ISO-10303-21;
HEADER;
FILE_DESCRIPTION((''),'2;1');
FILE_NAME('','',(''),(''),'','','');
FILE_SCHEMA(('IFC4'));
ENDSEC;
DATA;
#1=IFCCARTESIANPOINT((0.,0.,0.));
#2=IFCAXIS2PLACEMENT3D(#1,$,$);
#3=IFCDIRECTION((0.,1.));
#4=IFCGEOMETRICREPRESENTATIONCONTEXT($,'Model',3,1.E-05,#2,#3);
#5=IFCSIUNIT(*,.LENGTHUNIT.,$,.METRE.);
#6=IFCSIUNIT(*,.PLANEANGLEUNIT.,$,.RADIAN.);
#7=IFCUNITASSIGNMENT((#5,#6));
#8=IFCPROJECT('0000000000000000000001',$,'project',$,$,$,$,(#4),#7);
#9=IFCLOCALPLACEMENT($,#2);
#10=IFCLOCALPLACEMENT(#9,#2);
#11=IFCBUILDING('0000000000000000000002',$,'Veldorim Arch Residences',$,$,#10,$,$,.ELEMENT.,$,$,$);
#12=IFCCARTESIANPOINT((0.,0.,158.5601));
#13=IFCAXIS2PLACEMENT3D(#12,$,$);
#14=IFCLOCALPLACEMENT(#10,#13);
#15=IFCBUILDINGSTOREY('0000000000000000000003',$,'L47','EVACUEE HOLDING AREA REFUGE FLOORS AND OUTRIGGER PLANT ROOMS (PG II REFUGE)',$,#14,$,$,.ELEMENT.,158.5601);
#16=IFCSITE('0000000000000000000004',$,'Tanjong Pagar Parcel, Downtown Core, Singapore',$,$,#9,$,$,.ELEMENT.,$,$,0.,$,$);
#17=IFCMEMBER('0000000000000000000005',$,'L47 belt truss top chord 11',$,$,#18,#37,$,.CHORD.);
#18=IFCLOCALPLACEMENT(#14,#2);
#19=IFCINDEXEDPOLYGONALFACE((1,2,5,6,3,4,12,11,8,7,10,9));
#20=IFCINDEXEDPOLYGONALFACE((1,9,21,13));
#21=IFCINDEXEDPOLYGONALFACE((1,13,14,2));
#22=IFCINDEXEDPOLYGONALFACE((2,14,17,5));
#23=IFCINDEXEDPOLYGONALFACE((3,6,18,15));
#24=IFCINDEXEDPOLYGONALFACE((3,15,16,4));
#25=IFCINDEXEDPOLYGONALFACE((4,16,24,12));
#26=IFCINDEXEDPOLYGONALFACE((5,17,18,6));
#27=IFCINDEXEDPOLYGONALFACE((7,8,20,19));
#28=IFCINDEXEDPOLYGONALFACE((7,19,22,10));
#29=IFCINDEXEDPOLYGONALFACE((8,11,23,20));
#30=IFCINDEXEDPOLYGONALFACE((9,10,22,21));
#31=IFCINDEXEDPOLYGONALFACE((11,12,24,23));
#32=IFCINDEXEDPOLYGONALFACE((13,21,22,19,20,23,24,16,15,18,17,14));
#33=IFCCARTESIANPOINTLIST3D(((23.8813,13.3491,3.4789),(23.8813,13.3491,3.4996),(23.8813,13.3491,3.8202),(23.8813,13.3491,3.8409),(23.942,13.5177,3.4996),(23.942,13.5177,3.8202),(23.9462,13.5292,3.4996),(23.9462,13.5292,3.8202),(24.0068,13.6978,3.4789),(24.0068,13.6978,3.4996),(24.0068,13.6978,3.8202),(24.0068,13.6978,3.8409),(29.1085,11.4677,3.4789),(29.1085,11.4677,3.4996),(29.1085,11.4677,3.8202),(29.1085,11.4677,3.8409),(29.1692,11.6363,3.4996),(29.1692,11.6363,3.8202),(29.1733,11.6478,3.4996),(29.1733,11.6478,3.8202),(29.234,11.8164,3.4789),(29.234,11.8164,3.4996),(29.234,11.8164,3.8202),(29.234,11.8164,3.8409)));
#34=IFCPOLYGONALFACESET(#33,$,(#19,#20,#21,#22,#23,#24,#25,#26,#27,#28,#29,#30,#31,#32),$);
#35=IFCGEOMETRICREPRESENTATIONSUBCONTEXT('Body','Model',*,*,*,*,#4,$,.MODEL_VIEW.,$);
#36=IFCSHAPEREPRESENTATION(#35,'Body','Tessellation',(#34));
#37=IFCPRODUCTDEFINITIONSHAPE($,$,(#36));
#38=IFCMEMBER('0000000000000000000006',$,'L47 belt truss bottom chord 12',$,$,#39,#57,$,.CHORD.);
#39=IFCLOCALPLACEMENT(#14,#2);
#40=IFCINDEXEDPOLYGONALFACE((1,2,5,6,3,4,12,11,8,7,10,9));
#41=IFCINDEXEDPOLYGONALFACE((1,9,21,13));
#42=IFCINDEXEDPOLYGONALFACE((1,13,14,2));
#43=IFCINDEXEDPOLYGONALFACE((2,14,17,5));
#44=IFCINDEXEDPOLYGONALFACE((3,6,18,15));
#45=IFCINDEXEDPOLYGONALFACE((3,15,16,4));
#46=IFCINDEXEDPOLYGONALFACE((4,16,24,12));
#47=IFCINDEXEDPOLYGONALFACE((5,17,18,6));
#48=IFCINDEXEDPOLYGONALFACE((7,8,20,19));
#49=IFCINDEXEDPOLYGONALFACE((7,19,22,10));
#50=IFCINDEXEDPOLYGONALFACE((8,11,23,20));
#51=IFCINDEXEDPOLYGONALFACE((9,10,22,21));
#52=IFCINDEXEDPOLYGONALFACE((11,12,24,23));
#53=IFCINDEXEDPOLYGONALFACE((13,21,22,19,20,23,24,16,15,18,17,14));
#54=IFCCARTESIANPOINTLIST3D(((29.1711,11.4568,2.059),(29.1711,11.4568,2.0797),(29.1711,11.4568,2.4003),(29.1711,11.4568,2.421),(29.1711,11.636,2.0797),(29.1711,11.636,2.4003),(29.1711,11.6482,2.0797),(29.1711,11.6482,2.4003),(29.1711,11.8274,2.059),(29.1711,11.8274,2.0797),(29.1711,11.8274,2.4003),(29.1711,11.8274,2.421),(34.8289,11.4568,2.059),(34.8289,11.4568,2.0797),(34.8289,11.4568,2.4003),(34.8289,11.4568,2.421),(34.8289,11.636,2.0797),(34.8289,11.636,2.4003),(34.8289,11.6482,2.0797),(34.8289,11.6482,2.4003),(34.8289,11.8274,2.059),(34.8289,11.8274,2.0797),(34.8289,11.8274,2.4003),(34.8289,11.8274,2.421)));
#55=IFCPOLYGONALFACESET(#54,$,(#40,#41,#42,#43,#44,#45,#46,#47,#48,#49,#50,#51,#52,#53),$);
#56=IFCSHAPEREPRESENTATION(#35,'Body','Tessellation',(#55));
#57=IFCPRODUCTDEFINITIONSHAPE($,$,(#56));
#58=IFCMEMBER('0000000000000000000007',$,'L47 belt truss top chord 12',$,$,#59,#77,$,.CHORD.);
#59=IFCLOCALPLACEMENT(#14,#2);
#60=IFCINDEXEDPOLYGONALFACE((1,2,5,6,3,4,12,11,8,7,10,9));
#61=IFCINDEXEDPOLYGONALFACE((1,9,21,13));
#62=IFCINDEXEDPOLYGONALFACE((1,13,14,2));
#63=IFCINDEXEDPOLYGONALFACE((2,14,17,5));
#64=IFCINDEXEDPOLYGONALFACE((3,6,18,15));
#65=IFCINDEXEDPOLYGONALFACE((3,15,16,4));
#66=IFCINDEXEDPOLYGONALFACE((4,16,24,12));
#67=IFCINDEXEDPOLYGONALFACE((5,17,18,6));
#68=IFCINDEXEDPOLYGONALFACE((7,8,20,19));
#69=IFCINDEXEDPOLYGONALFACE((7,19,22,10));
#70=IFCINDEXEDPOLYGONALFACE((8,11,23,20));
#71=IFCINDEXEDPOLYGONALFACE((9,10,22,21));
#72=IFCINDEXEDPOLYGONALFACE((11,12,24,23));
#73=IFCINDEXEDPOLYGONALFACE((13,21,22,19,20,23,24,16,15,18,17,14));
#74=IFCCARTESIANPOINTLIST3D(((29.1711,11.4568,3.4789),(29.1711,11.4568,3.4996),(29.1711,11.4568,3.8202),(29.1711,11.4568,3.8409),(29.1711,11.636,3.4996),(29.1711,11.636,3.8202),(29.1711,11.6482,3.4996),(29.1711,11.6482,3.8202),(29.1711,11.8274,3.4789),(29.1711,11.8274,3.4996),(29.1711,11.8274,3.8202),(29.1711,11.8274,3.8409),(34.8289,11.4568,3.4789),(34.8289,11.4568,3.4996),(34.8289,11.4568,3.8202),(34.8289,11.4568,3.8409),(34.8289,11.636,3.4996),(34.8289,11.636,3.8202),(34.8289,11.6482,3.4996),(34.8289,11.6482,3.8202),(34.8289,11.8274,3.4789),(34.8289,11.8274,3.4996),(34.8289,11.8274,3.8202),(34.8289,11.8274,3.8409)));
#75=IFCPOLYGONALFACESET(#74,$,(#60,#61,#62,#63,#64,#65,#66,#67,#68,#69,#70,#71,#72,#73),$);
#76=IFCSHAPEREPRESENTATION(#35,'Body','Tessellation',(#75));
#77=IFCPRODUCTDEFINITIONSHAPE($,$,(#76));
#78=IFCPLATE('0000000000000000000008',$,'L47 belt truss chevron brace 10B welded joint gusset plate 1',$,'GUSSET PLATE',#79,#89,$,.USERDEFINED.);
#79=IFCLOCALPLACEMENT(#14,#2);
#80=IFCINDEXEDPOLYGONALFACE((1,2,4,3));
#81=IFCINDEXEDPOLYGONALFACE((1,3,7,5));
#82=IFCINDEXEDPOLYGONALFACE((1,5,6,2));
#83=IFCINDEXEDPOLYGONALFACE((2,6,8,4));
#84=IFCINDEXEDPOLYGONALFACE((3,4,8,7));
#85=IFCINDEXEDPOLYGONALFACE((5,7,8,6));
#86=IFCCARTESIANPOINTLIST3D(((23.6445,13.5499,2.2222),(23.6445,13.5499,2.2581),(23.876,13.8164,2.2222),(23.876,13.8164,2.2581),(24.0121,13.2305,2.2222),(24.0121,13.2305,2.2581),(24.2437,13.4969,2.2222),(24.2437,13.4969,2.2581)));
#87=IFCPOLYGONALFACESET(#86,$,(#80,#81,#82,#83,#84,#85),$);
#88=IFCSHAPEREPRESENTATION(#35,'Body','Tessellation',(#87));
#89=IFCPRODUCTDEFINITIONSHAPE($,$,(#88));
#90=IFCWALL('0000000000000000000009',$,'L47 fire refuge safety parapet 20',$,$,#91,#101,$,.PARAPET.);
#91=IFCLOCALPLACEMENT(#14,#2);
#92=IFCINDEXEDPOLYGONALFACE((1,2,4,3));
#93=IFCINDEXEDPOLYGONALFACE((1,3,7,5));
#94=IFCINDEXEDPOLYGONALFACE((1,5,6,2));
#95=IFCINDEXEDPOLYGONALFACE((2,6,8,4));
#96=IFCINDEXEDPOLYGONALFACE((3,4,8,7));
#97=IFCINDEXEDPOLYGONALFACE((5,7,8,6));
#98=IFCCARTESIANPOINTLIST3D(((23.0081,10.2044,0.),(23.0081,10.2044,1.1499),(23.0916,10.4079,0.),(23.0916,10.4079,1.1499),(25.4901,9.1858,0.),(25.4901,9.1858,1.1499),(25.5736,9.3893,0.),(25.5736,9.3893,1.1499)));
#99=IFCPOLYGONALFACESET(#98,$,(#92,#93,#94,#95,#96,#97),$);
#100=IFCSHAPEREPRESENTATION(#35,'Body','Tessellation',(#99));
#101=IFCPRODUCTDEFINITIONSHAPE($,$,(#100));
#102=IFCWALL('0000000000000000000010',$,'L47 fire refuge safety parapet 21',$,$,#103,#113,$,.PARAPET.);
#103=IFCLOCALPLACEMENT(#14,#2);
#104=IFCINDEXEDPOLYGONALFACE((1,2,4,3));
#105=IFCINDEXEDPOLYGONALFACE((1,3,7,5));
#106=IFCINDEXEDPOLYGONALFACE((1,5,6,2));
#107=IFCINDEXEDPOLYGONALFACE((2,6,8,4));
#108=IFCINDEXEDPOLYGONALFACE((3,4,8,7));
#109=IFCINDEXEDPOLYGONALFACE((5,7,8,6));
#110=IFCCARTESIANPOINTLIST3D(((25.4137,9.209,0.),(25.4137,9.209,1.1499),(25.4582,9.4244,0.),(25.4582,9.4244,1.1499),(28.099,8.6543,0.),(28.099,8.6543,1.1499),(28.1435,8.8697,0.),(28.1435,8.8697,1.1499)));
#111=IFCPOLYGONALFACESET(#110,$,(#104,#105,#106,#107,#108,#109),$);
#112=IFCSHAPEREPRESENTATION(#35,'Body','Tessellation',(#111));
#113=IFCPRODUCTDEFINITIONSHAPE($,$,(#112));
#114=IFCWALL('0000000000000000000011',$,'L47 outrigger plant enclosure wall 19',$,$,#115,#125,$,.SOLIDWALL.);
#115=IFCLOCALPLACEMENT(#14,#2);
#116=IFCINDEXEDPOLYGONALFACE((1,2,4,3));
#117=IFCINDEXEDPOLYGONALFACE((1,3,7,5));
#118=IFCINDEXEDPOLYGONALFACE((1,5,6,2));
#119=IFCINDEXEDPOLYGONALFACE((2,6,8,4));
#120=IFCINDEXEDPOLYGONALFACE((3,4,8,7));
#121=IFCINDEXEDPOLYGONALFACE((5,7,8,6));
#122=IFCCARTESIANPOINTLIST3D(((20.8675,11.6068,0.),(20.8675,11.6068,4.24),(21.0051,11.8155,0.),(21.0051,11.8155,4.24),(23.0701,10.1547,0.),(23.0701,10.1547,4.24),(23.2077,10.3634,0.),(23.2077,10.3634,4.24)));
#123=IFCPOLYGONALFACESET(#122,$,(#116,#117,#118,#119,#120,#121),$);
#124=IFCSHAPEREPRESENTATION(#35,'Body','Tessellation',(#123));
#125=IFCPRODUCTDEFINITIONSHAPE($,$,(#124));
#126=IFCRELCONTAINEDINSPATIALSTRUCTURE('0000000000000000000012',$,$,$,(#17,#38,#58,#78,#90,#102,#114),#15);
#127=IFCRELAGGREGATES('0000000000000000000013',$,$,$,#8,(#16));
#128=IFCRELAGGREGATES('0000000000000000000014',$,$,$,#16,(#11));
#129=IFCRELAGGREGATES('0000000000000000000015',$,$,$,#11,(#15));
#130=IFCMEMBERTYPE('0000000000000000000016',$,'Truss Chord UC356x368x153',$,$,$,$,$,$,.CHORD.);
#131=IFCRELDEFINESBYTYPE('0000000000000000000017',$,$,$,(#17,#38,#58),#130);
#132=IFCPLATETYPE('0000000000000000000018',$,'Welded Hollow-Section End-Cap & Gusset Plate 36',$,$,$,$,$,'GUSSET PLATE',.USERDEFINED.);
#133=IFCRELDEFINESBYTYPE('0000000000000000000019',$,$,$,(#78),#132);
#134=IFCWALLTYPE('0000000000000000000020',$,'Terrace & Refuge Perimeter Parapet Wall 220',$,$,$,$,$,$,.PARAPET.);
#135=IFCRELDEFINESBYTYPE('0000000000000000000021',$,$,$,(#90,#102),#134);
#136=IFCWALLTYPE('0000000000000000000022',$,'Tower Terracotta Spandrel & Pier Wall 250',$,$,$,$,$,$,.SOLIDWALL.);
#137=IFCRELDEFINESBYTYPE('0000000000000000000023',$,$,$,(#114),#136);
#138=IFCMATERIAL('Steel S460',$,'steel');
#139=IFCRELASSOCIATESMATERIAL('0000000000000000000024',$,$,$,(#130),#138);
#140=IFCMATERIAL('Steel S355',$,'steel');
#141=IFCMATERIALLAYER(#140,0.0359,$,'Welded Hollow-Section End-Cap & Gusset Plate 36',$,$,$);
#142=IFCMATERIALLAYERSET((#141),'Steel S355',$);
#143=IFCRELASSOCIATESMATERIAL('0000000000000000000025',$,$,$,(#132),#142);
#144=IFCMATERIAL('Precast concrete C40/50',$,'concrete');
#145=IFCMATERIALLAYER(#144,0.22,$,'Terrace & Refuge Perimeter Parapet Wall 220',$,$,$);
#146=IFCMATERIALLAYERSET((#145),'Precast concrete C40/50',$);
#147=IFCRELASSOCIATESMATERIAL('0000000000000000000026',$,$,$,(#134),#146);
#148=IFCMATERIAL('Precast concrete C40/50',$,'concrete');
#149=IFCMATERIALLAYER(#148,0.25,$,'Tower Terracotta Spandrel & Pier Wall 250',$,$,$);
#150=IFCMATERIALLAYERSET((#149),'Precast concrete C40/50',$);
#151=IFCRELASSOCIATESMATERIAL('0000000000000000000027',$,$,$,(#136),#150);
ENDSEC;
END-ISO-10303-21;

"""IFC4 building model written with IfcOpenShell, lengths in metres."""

from ifc_helpers import new_model, si_unit, direction, frame, frame_2d, origin, origin_2d, place, context, subcontext, project, spatial, rectangle, i_section, extrude, material, layer, layer_set, material_profile, profile_set, type_object, element, save


model = new_model("IFC4")

# Units and contexts
model_context = context("Model", 3, precision=1e-05, world=origin(), true_north=direction((0.0, 1.0)))
body_context = subcontext(model_context, "Body", "Model", "MODEL_VIEW")
ifc_project = project(units=[si_unit("LENGTHUNIT", "METRE"), si_unit("PLANEANGLEUNIT", "RADIAN")], contexts=[model_context])

# Site, building, storey
site_placement = place(None, origin())
site = spatial("IfcSite", under=ifc_project, at=site_placement, Name="Tanjong Pagar Parcel, Downtown Core, Singapore", CompositionType="ELEMENT", RefElevation=0.0)
building_placement = place(site_placement, origin())
building = spatial("IfcBuilding", under=site, at=building_placement, Name="Veldorim Arch Residences", CompositionType="ELEMENT")
storey_placement = place(building_placement, frame((0.0, 0.0, 158.5601)))
storey = spatial("IfcBuildingStorey", under=building, at=storey_placement, Name="L47", Description="EVACUEE HOLDING AREA REFUGE FLOORS AND OUTRIGGER PLANT ROOMS (PG II REFUGE)", CompositionType="ELEMENT", Elevation=158.5601)

# Members
ifc_material_1 = material(Name="Steel S460", Category="steel")
ifc_material_profile_1 = material_profile(ifc_material_1, i_section(OverallWidth=0.3706, OverallDepth=0.3621, WebThickness=0.0122, FlangeThickness=0.0208, at=origin_2d()), Name="UC356x368x153")
ifc_profile_set_1 = profile_set([ifc_material_profile_1], Name="Steel S460")
member_type_1 = type_object("IfcMemberType", Name="Truss Chord UC356x368x153", PredefinedType="CHORD", material=ifc_profile_set_1)
for number, where, z_axis, x_axis, name in (
    (1, (23.9441, 13.5234, 3.6599), (0.94091, -0.338657, 0.0), (0.338657, 0.94091, 0.0), "L47 belt truss top chord 11"),
):
    element("IfcMember", number, at=place(storey_placement, frame(where, z_axis=z_axis, x_axis=x_axis)), inside=storey, type_object=member_type_1, Name=name, PredefinedType="CHORD", context=body_context, shape_type="SweptSolid", body=[
        extrude(i_section(OverallWidth=0.3706, OverallDepth=0.3621, WebThickness=0.0122, FlangeThickness=0.0208, at=origin_2d()), origin(), (0.0, 0.0, 1.0), 5.5554),
    ])
for number, where, z_axis, x_axis, name in (
    (2, (29.1711, 11.6421, 2.24), (1.0, 0.0, 0.0), (0.0, 1.0, 0.0), "L47 belt truss bottom chord 12"),
    (3, (29.1711, 11.6421, 3.6599), (1.0, 0.0, 0.0), (0.0, 1.0, 0.0), "L47 belt truss top chord 12"),
):
    element("IfcMember", number, at=place(storey_placement, frame(where, z_axis=z_axis, x_axis=x_axis)), inside=storey, type_object=member_type_1, Name=name, PredefinedType="CHORD", context=body_context, shape_type="SweptSolid", body=[
        extrude(i_section(OverallWidth=0.3706, OverallDepth=0.3621, WebThickness=0.0122, FlangeThickness=0.0208, at=origin_2d()), origin(), (0.0, 0.0, 1.0), 5.6577),
    ])

# Plate
ifc_material_2 = material(Name="Steel S355", Category="steel")
ifc_layer_1 = layer(ifc_material_2, 0.0359, Name="Welded Hollow-Section End-Cap & Gusset Plate 36")
ifc_layer_set_1 = layer_set([ifc_layer_1], Name="Steel S355")
plate_type = type_object("IfcPlateType", Name="Welded Hollow-Section End-Cap & Gusset Plate 36", ElementType="GUSSET PLATE", PredefinedType="USERDEFINED", material=ifc_layer_set_1)
plate_placement = place(storey_placement, frame((23.9441, 13.5234, 2.2222), z_axis=(0.0, 0.0, 1.0), x_axis=(-0.754836, 0.655914, 0.0)))
element("IfcPlate", 4, at=plate_placement, inside=storey, type_object=plate_type, Name="L47 belt truss chevron brace 10B welded joint gusset plate 1", ObjectType="GUSSET PLATE", PredefinedType="USERDEFINED", context=body_context, shape_type="SweptSolid", body=[
    extrude(rectangle(XDim=0.4871, YDim=0.353, at=origin_2d()), origin(), (0.0, 0.0, 1.0), 0.0359),
])

# Walls
ifc_material_3 = material(Name="Precast concrete C40/50", Category="concrete")
ifc_layer_2 = layer(ifc_material_3, 0.22, Name="Terrace & Refuge Perimeter Parapet Wall 220")
ifc_layer_set_2 = layer_set([ifc_layer_2], Name="Precast concrete C40/50")
wall_type_1 = type_object("IfcWallType", Name="Terrace & Refuge Perimeter Parapet Wall 220", PredefinedType="PARAPET", material=ifc_layer_set_2)
wall_1_placement = place(storey_placement, frame((25.5317, 9.2876, 0.0), z_axis=(0.0, 0.0, 1.0), x_axis=(-0.925126, 0.37966, 0.0)))
element("IfcWall", 5, at=wall_1_placement, inside=storey, type_object=wall_type_1, Name="L47 fire refuge safety parapet 20", PredefinedType="PARAPET", context=body_context, shape_type="SweptSolid", body=[
    extrude(rectangle(XDim=2.6829, YDim=0.22, at=frame_2d((1.3413, 0.0))), origin(), (0.0, 0.0, 1.0), 1.1499),
])
wall_2_placement = place(storey_placement, frame((28.1213, 8.762, 0.0), z_axis=(0.0, 0.0, 1.0), x_axis=(-0.979325, 0.202294, 0.0)))
element("IfcWall", 6, at=wall_2_placement, inside=storey, type_object=wall_type_1, Name="L47 fire refuge safety parapet 21", PredefinedType="PARAPET", context=body_context, shape_type="SweptSolid", body=[
    extrude(rectangle(XDim=2.7419, YDim=0.22, at=frame_2d((1.3711, 0.0))), origin(), (0.0, 0.0, 1.0), 1.1499),
])
ifc_material_4 = material(Name="Precast concrete C40/50", Category="concrete")
ifc_layer_3 = layer(ifc_material_4, 0.25, Name="Tower Terracotta Spandrel & Pier Wall 250")
ifc_layer_set_3 = layer_set([ifc_layer_3], Name="Precast concrete C40/50")
wall_type_2 = type_object("IfcWallType", Name="Tower Terracotta Spandrel & Pier Wall 250", PredefinedType="SOLIDWALL", material=ifc_layer_set_3)
wall_3_placement = place(storey_placement, frame((23.1389, 10.259, 0.0), z_axis=(0.0, 0.0, 1.0), x_axis=(-0.834887, 0.550422, 0.0)))
element("IfcWall", 7, at=wall_3_placement, inside=storey, type_object=wall_type_2, Name="L47 outrigger plant enclosure wall 19", PredefinedType="SOLIDWALL", context=body_context, shape_type="SweptSolid", body=[
    extrude(rectangle(XDim=2.6382, YDim=0.25, at=frame_2d((1.3191, 0.0))), origin(), (0.0, 0.0, 1.0), 4.24),
])

save(model, "model.ifc")
